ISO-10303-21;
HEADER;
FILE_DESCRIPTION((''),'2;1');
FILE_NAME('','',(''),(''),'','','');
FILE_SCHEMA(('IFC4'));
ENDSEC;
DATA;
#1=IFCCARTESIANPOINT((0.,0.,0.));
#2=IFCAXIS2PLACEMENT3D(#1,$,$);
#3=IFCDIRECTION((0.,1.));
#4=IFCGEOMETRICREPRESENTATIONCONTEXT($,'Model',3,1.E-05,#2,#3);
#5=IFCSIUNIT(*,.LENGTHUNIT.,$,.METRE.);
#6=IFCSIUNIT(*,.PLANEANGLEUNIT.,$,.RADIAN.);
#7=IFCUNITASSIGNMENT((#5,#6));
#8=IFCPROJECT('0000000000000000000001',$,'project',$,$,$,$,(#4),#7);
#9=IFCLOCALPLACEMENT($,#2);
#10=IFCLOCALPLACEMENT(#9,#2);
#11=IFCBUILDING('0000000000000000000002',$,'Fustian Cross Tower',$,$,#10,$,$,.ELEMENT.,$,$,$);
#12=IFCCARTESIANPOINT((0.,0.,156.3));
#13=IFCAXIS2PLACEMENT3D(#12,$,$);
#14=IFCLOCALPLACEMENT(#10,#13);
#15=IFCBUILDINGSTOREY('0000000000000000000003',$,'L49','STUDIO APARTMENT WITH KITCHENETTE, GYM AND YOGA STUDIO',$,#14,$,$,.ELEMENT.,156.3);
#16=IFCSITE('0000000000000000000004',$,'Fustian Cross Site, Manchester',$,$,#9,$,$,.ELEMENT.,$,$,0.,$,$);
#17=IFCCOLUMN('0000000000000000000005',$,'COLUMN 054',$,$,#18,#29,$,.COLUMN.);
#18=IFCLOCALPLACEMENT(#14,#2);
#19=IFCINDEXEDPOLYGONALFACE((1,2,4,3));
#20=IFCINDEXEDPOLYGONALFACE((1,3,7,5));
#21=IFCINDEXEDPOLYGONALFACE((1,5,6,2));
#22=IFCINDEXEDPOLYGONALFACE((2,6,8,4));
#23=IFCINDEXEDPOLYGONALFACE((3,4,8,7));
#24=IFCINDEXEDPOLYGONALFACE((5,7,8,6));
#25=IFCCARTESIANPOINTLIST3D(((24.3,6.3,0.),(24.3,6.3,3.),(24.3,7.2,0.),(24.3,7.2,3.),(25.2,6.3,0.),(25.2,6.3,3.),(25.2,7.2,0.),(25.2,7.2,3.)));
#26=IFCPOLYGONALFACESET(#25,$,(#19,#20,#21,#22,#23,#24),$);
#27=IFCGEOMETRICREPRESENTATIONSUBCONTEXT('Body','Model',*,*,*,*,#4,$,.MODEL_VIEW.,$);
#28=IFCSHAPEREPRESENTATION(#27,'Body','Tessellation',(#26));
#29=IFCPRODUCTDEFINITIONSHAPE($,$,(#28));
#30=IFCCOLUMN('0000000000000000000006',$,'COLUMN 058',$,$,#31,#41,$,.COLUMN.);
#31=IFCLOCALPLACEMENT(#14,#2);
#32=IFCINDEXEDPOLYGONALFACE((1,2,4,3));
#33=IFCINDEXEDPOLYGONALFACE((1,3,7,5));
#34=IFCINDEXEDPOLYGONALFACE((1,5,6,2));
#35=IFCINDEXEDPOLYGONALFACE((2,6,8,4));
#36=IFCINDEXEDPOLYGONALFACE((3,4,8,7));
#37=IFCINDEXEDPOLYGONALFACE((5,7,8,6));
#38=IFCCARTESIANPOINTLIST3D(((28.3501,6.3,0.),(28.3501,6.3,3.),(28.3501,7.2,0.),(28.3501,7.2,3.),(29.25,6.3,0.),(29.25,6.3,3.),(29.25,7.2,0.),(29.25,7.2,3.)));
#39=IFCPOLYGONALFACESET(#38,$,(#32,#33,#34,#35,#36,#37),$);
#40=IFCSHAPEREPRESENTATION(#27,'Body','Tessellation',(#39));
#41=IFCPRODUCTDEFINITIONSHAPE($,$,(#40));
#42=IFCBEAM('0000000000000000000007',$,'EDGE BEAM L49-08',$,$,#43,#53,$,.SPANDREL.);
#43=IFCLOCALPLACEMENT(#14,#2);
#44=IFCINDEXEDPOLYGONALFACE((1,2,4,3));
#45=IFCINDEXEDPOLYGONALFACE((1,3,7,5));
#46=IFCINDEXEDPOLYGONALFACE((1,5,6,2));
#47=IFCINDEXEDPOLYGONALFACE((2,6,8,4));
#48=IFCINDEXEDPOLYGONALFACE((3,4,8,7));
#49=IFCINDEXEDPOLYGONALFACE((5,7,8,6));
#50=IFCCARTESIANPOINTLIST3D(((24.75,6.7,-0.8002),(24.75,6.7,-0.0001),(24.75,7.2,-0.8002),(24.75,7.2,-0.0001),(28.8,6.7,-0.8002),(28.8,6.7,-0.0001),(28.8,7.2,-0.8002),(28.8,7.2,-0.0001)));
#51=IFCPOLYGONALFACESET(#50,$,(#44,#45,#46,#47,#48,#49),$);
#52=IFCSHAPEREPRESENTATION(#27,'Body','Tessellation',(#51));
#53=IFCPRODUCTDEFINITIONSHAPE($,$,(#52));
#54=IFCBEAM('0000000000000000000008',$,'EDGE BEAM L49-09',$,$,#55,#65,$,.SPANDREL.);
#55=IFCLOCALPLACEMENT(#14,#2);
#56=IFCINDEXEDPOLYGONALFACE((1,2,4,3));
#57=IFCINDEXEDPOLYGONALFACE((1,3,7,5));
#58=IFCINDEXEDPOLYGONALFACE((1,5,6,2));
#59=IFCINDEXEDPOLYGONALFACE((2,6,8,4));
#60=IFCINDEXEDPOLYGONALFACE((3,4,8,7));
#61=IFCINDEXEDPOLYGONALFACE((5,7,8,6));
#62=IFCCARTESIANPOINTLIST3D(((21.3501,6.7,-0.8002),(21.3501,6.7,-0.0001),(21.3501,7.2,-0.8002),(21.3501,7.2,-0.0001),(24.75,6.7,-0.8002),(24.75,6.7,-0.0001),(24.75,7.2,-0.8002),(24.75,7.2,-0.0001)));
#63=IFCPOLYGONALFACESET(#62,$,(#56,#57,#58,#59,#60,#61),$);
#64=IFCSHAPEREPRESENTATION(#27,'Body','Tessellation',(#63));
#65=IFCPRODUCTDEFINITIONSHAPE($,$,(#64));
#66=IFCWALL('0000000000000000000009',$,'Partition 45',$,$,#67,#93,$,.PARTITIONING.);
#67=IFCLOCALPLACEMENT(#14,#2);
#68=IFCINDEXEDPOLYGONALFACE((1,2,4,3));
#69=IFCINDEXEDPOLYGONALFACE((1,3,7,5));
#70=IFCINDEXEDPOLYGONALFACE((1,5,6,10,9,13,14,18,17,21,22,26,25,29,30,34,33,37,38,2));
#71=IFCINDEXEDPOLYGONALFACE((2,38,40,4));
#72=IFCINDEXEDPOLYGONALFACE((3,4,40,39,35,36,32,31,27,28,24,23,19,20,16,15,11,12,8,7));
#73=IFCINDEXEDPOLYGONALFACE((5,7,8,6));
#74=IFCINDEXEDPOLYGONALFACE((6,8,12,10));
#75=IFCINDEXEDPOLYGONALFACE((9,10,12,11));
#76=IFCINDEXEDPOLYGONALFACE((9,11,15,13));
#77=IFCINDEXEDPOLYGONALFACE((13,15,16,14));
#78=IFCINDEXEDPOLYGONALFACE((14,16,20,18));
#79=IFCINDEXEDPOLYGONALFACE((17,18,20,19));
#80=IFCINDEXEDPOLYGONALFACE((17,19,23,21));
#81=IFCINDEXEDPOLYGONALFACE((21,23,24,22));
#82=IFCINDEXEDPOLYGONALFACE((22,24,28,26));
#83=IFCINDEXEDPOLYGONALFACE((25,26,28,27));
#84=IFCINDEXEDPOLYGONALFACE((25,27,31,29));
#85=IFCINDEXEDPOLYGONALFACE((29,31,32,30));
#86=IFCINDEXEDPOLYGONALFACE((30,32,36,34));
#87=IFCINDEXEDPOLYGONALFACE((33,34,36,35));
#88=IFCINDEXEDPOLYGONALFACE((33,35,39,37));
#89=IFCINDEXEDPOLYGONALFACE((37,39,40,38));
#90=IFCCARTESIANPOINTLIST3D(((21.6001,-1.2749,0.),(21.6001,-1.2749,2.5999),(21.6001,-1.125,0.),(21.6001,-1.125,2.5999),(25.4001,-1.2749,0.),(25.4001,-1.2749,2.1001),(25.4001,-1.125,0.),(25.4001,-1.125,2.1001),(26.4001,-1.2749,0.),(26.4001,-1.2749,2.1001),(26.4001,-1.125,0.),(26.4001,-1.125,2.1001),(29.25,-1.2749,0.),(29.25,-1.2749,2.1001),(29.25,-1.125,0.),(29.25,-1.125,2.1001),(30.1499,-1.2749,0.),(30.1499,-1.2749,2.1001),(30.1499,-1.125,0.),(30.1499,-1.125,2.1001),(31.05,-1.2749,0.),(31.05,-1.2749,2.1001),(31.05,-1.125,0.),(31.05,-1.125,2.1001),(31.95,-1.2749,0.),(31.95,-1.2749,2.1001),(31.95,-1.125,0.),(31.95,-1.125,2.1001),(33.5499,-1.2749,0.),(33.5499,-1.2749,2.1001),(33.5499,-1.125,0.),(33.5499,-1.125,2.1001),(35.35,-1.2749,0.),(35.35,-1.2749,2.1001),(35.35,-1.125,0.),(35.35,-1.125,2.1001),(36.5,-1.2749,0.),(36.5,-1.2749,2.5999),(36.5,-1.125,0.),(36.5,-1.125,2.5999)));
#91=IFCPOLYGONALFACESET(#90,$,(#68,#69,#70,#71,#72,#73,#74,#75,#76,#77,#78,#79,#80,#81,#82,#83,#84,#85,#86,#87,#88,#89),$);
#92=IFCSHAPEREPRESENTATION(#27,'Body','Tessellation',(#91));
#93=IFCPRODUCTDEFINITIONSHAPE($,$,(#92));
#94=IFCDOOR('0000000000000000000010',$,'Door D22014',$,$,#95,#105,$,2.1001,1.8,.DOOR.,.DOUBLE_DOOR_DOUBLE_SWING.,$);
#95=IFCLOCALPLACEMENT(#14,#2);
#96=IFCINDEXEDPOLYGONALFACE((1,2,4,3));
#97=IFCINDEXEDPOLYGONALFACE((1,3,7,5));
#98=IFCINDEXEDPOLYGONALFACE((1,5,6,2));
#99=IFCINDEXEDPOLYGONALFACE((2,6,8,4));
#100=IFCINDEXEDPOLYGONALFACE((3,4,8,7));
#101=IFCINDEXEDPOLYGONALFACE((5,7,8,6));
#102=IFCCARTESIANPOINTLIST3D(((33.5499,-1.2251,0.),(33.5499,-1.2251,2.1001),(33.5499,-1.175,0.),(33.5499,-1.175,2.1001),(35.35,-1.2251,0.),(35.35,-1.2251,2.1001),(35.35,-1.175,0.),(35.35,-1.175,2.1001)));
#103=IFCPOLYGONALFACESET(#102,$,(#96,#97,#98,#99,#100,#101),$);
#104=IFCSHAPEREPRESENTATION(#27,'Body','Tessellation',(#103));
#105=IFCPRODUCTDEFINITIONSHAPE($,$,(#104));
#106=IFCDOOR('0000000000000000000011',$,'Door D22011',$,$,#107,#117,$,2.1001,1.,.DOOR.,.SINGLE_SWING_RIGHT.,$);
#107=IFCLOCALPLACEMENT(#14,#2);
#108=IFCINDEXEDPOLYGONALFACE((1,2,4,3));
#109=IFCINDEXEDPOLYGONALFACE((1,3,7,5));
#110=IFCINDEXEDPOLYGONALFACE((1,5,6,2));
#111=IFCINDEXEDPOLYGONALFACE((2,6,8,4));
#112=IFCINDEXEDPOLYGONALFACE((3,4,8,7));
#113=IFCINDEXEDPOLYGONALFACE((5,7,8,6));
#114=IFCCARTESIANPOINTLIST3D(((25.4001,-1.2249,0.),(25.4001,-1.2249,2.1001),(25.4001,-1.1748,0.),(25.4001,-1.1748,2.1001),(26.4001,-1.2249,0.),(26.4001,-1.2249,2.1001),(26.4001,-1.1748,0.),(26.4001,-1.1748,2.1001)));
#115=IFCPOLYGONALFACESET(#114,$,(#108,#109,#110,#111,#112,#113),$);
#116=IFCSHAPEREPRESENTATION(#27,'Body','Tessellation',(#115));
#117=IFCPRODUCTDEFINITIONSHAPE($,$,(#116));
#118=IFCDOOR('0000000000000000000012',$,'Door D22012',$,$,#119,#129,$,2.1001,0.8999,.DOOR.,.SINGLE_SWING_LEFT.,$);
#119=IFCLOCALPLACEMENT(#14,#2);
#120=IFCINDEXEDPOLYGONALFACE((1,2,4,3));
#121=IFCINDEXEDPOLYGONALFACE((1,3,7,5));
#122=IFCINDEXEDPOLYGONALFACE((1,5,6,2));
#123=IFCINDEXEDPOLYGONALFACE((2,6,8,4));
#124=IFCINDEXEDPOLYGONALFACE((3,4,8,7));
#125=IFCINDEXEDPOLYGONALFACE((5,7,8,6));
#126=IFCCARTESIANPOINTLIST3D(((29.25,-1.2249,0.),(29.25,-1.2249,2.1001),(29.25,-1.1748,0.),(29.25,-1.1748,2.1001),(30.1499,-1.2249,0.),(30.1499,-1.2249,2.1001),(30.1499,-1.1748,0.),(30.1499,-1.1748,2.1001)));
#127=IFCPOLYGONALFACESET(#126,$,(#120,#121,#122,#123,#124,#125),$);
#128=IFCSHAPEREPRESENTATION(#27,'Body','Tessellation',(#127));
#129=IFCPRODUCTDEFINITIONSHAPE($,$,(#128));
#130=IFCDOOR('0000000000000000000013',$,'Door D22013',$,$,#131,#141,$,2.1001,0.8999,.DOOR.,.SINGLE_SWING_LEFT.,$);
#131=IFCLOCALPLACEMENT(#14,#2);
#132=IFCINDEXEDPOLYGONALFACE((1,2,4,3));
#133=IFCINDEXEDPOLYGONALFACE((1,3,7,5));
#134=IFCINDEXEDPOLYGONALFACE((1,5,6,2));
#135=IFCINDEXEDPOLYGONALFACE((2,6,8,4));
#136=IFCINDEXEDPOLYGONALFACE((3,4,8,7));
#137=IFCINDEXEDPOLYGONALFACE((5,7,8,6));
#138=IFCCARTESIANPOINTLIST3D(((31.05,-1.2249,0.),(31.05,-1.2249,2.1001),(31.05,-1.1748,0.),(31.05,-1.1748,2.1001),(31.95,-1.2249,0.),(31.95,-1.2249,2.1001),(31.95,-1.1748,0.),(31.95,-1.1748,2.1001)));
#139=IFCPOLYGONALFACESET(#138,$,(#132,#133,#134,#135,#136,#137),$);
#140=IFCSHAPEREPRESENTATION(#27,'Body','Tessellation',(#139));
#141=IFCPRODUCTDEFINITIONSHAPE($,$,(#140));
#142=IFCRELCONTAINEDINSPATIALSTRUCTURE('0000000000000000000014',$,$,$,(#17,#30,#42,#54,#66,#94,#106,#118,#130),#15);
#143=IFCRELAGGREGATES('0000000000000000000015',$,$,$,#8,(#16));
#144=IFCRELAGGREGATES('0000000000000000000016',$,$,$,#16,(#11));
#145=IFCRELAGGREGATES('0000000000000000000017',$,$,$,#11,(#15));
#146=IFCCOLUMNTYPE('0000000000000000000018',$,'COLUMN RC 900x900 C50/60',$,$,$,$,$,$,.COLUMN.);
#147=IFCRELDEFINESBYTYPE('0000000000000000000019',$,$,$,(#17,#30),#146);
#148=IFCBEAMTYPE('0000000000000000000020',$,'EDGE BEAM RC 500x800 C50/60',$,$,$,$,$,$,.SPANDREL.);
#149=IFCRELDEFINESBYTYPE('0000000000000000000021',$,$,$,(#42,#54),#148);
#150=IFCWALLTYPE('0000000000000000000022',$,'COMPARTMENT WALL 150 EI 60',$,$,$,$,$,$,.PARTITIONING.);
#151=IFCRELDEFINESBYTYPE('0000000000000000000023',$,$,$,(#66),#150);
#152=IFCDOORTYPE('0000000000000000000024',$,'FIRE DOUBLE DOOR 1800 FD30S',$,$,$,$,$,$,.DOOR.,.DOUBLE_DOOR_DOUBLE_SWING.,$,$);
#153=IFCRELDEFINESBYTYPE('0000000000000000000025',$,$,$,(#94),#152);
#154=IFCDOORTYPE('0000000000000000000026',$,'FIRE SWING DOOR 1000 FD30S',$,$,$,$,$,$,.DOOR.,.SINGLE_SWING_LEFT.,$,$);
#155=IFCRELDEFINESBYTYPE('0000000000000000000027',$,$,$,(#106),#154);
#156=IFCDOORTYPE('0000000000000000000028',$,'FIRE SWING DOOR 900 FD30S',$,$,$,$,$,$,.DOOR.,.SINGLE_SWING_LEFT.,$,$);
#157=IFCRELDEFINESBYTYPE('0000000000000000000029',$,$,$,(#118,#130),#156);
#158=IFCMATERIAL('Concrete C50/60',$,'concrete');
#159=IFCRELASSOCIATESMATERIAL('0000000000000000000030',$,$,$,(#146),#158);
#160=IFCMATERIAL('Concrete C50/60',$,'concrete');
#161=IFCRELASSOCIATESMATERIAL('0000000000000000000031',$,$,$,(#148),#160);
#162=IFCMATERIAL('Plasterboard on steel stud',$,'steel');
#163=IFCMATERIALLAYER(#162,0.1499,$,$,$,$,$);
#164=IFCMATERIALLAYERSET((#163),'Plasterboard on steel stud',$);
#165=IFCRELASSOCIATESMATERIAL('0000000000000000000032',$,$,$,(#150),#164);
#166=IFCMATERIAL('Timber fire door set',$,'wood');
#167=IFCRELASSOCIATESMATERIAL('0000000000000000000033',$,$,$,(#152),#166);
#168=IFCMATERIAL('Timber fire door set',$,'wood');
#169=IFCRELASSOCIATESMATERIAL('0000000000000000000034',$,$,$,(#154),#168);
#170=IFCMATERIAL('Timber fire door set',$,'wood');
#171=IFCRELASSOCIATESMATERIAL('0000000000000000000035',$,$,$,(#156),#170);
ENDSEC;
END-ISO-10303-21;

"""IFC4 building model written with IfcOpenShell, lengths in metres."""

from ifc_helpers import new_model, si_unit, direction, frame, frame_2d, origin, origin_2d, place, context, subcontext, project, spatial, rectangle, extrude, material, layer, layer_set, material_profile, profile_set, type_object, element, fill, save


model = new_model("IFC4")

# Units and contexts
model_context = context("Model", 3, precision=1e-05, world=origin(), true_north=direction((0.0, 1.0)))
body_context = subcontext(model_context, "Body", "Model", "MODEL_VIEW")
ifc_project = project(units=[si_unit("LENGTHUNIT", "METRE"), si_unit("PLANEANGLEUNIT", "RADIAN")], contexts=[model_context])

# Site, building, storey
site_placement = place(None, origin())
site = spatial("IfcSite", under=ifc_project, at=site_placement, Name="Fustian Cross Site, Manchester", CompositionType="ELEMENT", RefElevation=0.0)
building_placement = place(site_placement, origin())
building = spatial("IfcBuilding", under=site, at=building_placement, Name="Fustian Cross Tower", CompositionType="ELEMENT")
storey_placement = place(building_placement, frame((0.0, 0.0, 156.3)))
storey = spatial("IfcBuildingStorey", under=building, at=storey_placement, Name="L49", Description="STUDIO APARTMENT WITH KITCHENETTE, GYM AND YOGA STUDIO", CompositionType="ELEMENT", Elevation=156.3)

# Columns
ifc_material_1 = material(Name="Concrete C50/60", Category="concrete")
ifc_material_profile_1 = material_profile(ifc_material_1, rectangle(XDim=0.8999, YDim=0.8999, at=origin_2d()), Name="RC 900x900")
ifc_profile_set_1 = profile_set([ifc_material_profile_1], Name="Concrete C50/60")
column_type = type_object("IfcColumnType", Name="COLUMN RC 900x900 C50/60", PredefinedType="COLUMN", material=ifc_profile_set_1)
for number, where, z_axis, x_axis, name in (
    (1, (24.75, 6.75, 0.0), (0.0, 0.0, 1.0), (1.0, 0.0, 0.0), "COLUMN 054"),
    (2, (28.8, 6.75, 0.0), (0.0, 0.0, 1.0), (1.0, 0.0, 0.0), "COLUMN 058"),
):
    element("IfcColumn", number, at=place(storey_placement, frame(where, z_axis=z_axis, x_axis=x_axis)), inside=storey, type_object=column_type, Name=name, PredefinedType="COLUMN", context=body_context, shape_type="SweptSolid", body=[
        extrude(rectangle(XDim=0.8999, YDim=0.8999, at=origin_2d()), origin(), (0.0, 0.0, 1.0), 3.0),
    ])

# Beams
ifc_material_2 = material(Name="Concrete C50/60", Category="concrete")
ifc_material_profile_2 = material_profile(ifc_material_2, rectangle(XDim=0.5, YDim=0.8, at=origin_2d()), Name="RC 500x800")
ifc_profile_set_2 = profile_set([ifc_material_profile_2], Name="Concrete C50/60")
beam_type = type_object("IfcBeamType", Name="EDGE BEAM RC 500x800 C50/60", PredefinedType="SPANDREL", material=ifc_profile_set_2)
beam_1_placement = place(storey_placement, frame((28.8, 6.95, -0.4001), z_axis=(-1.0, 0.0, 0.0), x_axis=(0.0, -1.0, 0.0)))
element("IfcBeam", 3, at=beam_1_placement, inside=storey, type_object=beam_type, Name="EDGE BEAM L49-08", PredefinedType="SPANDREL", context=body_context, shape_type="SweptSolid", body=[
    extrude(rectangle(XDim=0.5, YDim=0.8, at=origin_2d()), origin(), (0.0, 0.0, 1.0), 4.05),
])
beam_2_placement = place(storey_placement, frame((24.75, 6.95, -0.4001), z_axis=(-1.0, 0.0, 0.0), x_axis=(0.0, -1.0, 0.0)))
element("IfcBeam", 4, at=beam_2_placement, inside=storey, type_object=beam_type, Name="EDGE BEAM L49-09", PredefinedType="SPANDREL", context=body_context, shape_type="SweptSolid", body=[
    extrude(rectangle(XDim=0.5, YDim=0.8, at=origin_2d()), origin(), (0.0, 0.0, 1.0), 3.3999),
])

# Wall, openings, doors
ifc_material_3 = material(Name="Plasterboard on steel stud", Category="steel")
ifc_layer_1 = layer(ifc_material_3, 0.1499)
ifc_layer_set_1 = layer_set([ifc_layer_1], Name="Plasterboard on steel stud")
wall_type_1 = type_object("IfcWallType", Name="COMPARTMENT WALL 150 EI 60", PredefinedType="PARTITIONING", material=ifc_layer_set_1)
wall_1_placement = place(storey_placement, frame((21.6001, -1.2, 0.0), z_axis=(0.0, 0.0, 1.0), x_axis=(1.0, 0.0, 0.0)))
wall_1 = element("IfcWall", 5, at=wall_1_placement, inside=storey, type_object=wall_type_1, Name="Partition 45", PredefinedType="PARTITIONING", context=body_context, shape_type="SweptSolid", body=[
    extrude(rectangle(XDim=14.8999, YDim=0.1499, at=frame_2d((7.45, 0.0))), origin(), (0.0, 0.0, 1.0), 2.5999),
])
opening_1_placement = place(wall_1_placement, frame((3.8, 0.0, 0.0)))
opening_1 = element("IfcOpeningElement", 6, at=opening_1_placement, cuts=wall_1, PredefinedType="OPENING", context=body_context, shape_type="SweptSolid", body=[
    extrude(rectangle(XDim=1.0, YDim=2.1001, at=frame_2d((0.5, 1.05))), frame((0.0, 0.085, 0.0), z_axis=(0.0, -1.0, 0.0), x_axis=(1.0, 0.0, 0.0)), (0.0, 0.0, 1.0), 0.1699),
])
opening_2_placement = place(wall_1_placement, frame((7.6499, 0.0, 0.0)))
opening_2 = element("IfcOpeningElement", 7, at=opening_2_placement, cuts=wall_1, PredefinedType="OPENING", context=body_context, shape_type="SweptSolid", body=[
    extrude(rectangle(XDim=0.8999, YDim=2.1001, at=frame_2d((0.45, 1.05))), frame((0.0, 0.085, 0.0), z_axis=(0.0, -1.0, 0.0), x_axis=(1.0, 0.0, 0.0)), (0.0, 0.0, 1.0), 0.1699),
])
opening_3_placement = place(wall_1_placement, frame((9.45, 0.0, 0.0)))
opening_3 = element("IfcOpeningElement", 8, at=opening_3_placement, cuts=wall_1, PredefinedType="OPENING", context=body_context, shape_type="SweptSolid", body=[
    extrude(rectangle(XDim=0.8999, YDim=2.1001, at=frame_2d((0.45, 1.05))), frame((0.0, 0.085, 0.0), z_axis=(0.0, -1.0, 0.0), x_axis=(1.0, 0.0, 0.0)), (0.0, 0.0, 1.0), 0.1699),
])
opening_4_placement = place(wall_1_placement, frame((11.95, 0.0, 0.0)))
opening_4 = element("IfcOpeningElement", 9, at=opening_4_placement, cuts=wall_1, PredefinedType="OPENING", context=body_context, shape_type="SweptSolid", body=[
    extrude(rectangle(XDim=1.8, YDim=2.1001, at=frame_2d((0.8999, 1.05))), frame((0.0, 0.085, 0.0), z_axis=(0.0, -1.0, 0.0), x_axis=(1.0, 0.0, 0.0)), (0.0, 0.0, 1.0), 0.1699),
])
ifc_material_4 = material(Name="Timber fire door set", Category="wood")
door_type_1 = type_object("IfcDoorType", Name="FIRE DOUBLE DOOR 1800 FD30S", OperationType="DOUBLE_DOOR_DOUBLE_SWING", PredefinedType="DOOR", material=ifc_material_4)
door_1_placement = place(opening_4_placement, origin())
door_1 = element("IfcDoor", 10, at=door_1_placement, inside=storey, type_object=door_type_1, Name="Door D22014", OperationType="DOUBLE_DOOR_DOUBLE_SWING", OverallHeight=2.1001, OverallWidth=1.8, PredefinedType="DOOR", context=body_context, shape_type="SweptSolid", body=[
    extrude(rectangle(XDim=1.8, YDim=2.1001, at=frame_2d((0.8999, 1.05))), frame((0.0, 0.0249, 0.0), z_axis=(0.0, -1.0, 0.0), x_axis=(1.0, 0.0, 0.0)), (0.0, 0.0, 1.0), 0.05),
])
fill(opening_4, door_1)
ifc_material_5 = material(Name="Timber fire door set", Category="wood")
door_type_2 = type_object("IfcDoorType", Name="FIRE SWING DOOR 1000 FD30S", OperationType="SINGLE_SWING_LEFT", PredefinedType="DOOR", material=ifc_material_5)
door_2_placement = place(opening_1_placement, frame((1.0, 0.0, 0.0), z_axis=(0.0, 0.0, 1.0), x_axis=(-1.0, 0.0, 0.0)))
door_2 = element("IfcDoor", 11, at=door_2_placement, inside=storey, type_object=door_type_2, Name="Door D22011", OperationType="SINGLE_SWING_RIGHT", OverallHeight=2.1001, OverallWidth=1.0, PredefinedType="DOOR", context=body_context, shape_type="SweptSolid", body=[
    extrude(rectangle(XDim=1.0, YDim=2.1001, at=frame_2d((0.5, 1.05))), frame((0.0, 0.0249, 0.0), z_axis=(0.0, -1.0, 0.0), x_axis=(1.0, 0.0, 0.0)), (0.0, 0.0, 1.0), 0.05),
])
fill(opening_1, door_2)
ifc_material_6 = material(Name="Timber fire door set", Category="wood")
door_type_3 = type_object("IfcDoorType", Name="FIRE SWING DOOR 900 FD30S", OperationType="SINGLE_SWING_LEFT", PredefinedType="DOOR", material=ifc_material_6)
door_3_placement = place(opening_2_placement, frame((0.8999, 0.0, 0.0), z_axis=(0.0, 0.0, 1.0), x_axis=(-1.0, 0.0, 0.0)))
door_3 = element("IfcDoor", 12, at=door_3_placement, inside=storey, type_object=door_type_3, Name="Door D22012", OperationType="SINGLE_SWING_LEFT", OverallHeight=2.1001, OverallWidth=0.8999, PredefinedType="DOOR", context=body_context, shape_type="SweptSolid", body=[
    extrude(rectangle(XDim=0.8999, YDim=2.1001, at=frame_2d((0.45, 1.05))), frame((0.0, 0.0249, 0.0), z_axis=(0.0, -1.0, 0.0), x_axis=(1.0, 0.0, 0.0)), (0.0, 0.0, 1.0), 0.05),
])
fill(opening_2, door_3)
door_4_placement = place(opening_3_placement, frame((0.8999, 0.0, 0.0), z_axis=(0.0, 0.0, 1.0), x_axis=(-1.0, 0.0, 0.0)))
door_4 = element("IfcDoor", 13, at=door_4_placement, inside=storey, type_object=door_type_3, Name="Door D22013", OperationType="SINGLE_SWING_LEFT", OverallHeight=2.1001, OverallWidth=0.8999, PredefinedType="DOOR", context=body_context, shape_type="SweptSolid", body=[
    extrude(rectangle(XDim=0.8999, YDim=2.1001, at=frame_2d((0.45, 1.05))), frame((0.0, 0.0249, 0.0), z_axis=(0.0, -1.0, 0.0), x_axis=(1.0, 0.0, 0.0)), (0.0, 0.0, 1.0), 0.05),
])
fill(opening_3, door_4)

save(model, "model.ifc")
